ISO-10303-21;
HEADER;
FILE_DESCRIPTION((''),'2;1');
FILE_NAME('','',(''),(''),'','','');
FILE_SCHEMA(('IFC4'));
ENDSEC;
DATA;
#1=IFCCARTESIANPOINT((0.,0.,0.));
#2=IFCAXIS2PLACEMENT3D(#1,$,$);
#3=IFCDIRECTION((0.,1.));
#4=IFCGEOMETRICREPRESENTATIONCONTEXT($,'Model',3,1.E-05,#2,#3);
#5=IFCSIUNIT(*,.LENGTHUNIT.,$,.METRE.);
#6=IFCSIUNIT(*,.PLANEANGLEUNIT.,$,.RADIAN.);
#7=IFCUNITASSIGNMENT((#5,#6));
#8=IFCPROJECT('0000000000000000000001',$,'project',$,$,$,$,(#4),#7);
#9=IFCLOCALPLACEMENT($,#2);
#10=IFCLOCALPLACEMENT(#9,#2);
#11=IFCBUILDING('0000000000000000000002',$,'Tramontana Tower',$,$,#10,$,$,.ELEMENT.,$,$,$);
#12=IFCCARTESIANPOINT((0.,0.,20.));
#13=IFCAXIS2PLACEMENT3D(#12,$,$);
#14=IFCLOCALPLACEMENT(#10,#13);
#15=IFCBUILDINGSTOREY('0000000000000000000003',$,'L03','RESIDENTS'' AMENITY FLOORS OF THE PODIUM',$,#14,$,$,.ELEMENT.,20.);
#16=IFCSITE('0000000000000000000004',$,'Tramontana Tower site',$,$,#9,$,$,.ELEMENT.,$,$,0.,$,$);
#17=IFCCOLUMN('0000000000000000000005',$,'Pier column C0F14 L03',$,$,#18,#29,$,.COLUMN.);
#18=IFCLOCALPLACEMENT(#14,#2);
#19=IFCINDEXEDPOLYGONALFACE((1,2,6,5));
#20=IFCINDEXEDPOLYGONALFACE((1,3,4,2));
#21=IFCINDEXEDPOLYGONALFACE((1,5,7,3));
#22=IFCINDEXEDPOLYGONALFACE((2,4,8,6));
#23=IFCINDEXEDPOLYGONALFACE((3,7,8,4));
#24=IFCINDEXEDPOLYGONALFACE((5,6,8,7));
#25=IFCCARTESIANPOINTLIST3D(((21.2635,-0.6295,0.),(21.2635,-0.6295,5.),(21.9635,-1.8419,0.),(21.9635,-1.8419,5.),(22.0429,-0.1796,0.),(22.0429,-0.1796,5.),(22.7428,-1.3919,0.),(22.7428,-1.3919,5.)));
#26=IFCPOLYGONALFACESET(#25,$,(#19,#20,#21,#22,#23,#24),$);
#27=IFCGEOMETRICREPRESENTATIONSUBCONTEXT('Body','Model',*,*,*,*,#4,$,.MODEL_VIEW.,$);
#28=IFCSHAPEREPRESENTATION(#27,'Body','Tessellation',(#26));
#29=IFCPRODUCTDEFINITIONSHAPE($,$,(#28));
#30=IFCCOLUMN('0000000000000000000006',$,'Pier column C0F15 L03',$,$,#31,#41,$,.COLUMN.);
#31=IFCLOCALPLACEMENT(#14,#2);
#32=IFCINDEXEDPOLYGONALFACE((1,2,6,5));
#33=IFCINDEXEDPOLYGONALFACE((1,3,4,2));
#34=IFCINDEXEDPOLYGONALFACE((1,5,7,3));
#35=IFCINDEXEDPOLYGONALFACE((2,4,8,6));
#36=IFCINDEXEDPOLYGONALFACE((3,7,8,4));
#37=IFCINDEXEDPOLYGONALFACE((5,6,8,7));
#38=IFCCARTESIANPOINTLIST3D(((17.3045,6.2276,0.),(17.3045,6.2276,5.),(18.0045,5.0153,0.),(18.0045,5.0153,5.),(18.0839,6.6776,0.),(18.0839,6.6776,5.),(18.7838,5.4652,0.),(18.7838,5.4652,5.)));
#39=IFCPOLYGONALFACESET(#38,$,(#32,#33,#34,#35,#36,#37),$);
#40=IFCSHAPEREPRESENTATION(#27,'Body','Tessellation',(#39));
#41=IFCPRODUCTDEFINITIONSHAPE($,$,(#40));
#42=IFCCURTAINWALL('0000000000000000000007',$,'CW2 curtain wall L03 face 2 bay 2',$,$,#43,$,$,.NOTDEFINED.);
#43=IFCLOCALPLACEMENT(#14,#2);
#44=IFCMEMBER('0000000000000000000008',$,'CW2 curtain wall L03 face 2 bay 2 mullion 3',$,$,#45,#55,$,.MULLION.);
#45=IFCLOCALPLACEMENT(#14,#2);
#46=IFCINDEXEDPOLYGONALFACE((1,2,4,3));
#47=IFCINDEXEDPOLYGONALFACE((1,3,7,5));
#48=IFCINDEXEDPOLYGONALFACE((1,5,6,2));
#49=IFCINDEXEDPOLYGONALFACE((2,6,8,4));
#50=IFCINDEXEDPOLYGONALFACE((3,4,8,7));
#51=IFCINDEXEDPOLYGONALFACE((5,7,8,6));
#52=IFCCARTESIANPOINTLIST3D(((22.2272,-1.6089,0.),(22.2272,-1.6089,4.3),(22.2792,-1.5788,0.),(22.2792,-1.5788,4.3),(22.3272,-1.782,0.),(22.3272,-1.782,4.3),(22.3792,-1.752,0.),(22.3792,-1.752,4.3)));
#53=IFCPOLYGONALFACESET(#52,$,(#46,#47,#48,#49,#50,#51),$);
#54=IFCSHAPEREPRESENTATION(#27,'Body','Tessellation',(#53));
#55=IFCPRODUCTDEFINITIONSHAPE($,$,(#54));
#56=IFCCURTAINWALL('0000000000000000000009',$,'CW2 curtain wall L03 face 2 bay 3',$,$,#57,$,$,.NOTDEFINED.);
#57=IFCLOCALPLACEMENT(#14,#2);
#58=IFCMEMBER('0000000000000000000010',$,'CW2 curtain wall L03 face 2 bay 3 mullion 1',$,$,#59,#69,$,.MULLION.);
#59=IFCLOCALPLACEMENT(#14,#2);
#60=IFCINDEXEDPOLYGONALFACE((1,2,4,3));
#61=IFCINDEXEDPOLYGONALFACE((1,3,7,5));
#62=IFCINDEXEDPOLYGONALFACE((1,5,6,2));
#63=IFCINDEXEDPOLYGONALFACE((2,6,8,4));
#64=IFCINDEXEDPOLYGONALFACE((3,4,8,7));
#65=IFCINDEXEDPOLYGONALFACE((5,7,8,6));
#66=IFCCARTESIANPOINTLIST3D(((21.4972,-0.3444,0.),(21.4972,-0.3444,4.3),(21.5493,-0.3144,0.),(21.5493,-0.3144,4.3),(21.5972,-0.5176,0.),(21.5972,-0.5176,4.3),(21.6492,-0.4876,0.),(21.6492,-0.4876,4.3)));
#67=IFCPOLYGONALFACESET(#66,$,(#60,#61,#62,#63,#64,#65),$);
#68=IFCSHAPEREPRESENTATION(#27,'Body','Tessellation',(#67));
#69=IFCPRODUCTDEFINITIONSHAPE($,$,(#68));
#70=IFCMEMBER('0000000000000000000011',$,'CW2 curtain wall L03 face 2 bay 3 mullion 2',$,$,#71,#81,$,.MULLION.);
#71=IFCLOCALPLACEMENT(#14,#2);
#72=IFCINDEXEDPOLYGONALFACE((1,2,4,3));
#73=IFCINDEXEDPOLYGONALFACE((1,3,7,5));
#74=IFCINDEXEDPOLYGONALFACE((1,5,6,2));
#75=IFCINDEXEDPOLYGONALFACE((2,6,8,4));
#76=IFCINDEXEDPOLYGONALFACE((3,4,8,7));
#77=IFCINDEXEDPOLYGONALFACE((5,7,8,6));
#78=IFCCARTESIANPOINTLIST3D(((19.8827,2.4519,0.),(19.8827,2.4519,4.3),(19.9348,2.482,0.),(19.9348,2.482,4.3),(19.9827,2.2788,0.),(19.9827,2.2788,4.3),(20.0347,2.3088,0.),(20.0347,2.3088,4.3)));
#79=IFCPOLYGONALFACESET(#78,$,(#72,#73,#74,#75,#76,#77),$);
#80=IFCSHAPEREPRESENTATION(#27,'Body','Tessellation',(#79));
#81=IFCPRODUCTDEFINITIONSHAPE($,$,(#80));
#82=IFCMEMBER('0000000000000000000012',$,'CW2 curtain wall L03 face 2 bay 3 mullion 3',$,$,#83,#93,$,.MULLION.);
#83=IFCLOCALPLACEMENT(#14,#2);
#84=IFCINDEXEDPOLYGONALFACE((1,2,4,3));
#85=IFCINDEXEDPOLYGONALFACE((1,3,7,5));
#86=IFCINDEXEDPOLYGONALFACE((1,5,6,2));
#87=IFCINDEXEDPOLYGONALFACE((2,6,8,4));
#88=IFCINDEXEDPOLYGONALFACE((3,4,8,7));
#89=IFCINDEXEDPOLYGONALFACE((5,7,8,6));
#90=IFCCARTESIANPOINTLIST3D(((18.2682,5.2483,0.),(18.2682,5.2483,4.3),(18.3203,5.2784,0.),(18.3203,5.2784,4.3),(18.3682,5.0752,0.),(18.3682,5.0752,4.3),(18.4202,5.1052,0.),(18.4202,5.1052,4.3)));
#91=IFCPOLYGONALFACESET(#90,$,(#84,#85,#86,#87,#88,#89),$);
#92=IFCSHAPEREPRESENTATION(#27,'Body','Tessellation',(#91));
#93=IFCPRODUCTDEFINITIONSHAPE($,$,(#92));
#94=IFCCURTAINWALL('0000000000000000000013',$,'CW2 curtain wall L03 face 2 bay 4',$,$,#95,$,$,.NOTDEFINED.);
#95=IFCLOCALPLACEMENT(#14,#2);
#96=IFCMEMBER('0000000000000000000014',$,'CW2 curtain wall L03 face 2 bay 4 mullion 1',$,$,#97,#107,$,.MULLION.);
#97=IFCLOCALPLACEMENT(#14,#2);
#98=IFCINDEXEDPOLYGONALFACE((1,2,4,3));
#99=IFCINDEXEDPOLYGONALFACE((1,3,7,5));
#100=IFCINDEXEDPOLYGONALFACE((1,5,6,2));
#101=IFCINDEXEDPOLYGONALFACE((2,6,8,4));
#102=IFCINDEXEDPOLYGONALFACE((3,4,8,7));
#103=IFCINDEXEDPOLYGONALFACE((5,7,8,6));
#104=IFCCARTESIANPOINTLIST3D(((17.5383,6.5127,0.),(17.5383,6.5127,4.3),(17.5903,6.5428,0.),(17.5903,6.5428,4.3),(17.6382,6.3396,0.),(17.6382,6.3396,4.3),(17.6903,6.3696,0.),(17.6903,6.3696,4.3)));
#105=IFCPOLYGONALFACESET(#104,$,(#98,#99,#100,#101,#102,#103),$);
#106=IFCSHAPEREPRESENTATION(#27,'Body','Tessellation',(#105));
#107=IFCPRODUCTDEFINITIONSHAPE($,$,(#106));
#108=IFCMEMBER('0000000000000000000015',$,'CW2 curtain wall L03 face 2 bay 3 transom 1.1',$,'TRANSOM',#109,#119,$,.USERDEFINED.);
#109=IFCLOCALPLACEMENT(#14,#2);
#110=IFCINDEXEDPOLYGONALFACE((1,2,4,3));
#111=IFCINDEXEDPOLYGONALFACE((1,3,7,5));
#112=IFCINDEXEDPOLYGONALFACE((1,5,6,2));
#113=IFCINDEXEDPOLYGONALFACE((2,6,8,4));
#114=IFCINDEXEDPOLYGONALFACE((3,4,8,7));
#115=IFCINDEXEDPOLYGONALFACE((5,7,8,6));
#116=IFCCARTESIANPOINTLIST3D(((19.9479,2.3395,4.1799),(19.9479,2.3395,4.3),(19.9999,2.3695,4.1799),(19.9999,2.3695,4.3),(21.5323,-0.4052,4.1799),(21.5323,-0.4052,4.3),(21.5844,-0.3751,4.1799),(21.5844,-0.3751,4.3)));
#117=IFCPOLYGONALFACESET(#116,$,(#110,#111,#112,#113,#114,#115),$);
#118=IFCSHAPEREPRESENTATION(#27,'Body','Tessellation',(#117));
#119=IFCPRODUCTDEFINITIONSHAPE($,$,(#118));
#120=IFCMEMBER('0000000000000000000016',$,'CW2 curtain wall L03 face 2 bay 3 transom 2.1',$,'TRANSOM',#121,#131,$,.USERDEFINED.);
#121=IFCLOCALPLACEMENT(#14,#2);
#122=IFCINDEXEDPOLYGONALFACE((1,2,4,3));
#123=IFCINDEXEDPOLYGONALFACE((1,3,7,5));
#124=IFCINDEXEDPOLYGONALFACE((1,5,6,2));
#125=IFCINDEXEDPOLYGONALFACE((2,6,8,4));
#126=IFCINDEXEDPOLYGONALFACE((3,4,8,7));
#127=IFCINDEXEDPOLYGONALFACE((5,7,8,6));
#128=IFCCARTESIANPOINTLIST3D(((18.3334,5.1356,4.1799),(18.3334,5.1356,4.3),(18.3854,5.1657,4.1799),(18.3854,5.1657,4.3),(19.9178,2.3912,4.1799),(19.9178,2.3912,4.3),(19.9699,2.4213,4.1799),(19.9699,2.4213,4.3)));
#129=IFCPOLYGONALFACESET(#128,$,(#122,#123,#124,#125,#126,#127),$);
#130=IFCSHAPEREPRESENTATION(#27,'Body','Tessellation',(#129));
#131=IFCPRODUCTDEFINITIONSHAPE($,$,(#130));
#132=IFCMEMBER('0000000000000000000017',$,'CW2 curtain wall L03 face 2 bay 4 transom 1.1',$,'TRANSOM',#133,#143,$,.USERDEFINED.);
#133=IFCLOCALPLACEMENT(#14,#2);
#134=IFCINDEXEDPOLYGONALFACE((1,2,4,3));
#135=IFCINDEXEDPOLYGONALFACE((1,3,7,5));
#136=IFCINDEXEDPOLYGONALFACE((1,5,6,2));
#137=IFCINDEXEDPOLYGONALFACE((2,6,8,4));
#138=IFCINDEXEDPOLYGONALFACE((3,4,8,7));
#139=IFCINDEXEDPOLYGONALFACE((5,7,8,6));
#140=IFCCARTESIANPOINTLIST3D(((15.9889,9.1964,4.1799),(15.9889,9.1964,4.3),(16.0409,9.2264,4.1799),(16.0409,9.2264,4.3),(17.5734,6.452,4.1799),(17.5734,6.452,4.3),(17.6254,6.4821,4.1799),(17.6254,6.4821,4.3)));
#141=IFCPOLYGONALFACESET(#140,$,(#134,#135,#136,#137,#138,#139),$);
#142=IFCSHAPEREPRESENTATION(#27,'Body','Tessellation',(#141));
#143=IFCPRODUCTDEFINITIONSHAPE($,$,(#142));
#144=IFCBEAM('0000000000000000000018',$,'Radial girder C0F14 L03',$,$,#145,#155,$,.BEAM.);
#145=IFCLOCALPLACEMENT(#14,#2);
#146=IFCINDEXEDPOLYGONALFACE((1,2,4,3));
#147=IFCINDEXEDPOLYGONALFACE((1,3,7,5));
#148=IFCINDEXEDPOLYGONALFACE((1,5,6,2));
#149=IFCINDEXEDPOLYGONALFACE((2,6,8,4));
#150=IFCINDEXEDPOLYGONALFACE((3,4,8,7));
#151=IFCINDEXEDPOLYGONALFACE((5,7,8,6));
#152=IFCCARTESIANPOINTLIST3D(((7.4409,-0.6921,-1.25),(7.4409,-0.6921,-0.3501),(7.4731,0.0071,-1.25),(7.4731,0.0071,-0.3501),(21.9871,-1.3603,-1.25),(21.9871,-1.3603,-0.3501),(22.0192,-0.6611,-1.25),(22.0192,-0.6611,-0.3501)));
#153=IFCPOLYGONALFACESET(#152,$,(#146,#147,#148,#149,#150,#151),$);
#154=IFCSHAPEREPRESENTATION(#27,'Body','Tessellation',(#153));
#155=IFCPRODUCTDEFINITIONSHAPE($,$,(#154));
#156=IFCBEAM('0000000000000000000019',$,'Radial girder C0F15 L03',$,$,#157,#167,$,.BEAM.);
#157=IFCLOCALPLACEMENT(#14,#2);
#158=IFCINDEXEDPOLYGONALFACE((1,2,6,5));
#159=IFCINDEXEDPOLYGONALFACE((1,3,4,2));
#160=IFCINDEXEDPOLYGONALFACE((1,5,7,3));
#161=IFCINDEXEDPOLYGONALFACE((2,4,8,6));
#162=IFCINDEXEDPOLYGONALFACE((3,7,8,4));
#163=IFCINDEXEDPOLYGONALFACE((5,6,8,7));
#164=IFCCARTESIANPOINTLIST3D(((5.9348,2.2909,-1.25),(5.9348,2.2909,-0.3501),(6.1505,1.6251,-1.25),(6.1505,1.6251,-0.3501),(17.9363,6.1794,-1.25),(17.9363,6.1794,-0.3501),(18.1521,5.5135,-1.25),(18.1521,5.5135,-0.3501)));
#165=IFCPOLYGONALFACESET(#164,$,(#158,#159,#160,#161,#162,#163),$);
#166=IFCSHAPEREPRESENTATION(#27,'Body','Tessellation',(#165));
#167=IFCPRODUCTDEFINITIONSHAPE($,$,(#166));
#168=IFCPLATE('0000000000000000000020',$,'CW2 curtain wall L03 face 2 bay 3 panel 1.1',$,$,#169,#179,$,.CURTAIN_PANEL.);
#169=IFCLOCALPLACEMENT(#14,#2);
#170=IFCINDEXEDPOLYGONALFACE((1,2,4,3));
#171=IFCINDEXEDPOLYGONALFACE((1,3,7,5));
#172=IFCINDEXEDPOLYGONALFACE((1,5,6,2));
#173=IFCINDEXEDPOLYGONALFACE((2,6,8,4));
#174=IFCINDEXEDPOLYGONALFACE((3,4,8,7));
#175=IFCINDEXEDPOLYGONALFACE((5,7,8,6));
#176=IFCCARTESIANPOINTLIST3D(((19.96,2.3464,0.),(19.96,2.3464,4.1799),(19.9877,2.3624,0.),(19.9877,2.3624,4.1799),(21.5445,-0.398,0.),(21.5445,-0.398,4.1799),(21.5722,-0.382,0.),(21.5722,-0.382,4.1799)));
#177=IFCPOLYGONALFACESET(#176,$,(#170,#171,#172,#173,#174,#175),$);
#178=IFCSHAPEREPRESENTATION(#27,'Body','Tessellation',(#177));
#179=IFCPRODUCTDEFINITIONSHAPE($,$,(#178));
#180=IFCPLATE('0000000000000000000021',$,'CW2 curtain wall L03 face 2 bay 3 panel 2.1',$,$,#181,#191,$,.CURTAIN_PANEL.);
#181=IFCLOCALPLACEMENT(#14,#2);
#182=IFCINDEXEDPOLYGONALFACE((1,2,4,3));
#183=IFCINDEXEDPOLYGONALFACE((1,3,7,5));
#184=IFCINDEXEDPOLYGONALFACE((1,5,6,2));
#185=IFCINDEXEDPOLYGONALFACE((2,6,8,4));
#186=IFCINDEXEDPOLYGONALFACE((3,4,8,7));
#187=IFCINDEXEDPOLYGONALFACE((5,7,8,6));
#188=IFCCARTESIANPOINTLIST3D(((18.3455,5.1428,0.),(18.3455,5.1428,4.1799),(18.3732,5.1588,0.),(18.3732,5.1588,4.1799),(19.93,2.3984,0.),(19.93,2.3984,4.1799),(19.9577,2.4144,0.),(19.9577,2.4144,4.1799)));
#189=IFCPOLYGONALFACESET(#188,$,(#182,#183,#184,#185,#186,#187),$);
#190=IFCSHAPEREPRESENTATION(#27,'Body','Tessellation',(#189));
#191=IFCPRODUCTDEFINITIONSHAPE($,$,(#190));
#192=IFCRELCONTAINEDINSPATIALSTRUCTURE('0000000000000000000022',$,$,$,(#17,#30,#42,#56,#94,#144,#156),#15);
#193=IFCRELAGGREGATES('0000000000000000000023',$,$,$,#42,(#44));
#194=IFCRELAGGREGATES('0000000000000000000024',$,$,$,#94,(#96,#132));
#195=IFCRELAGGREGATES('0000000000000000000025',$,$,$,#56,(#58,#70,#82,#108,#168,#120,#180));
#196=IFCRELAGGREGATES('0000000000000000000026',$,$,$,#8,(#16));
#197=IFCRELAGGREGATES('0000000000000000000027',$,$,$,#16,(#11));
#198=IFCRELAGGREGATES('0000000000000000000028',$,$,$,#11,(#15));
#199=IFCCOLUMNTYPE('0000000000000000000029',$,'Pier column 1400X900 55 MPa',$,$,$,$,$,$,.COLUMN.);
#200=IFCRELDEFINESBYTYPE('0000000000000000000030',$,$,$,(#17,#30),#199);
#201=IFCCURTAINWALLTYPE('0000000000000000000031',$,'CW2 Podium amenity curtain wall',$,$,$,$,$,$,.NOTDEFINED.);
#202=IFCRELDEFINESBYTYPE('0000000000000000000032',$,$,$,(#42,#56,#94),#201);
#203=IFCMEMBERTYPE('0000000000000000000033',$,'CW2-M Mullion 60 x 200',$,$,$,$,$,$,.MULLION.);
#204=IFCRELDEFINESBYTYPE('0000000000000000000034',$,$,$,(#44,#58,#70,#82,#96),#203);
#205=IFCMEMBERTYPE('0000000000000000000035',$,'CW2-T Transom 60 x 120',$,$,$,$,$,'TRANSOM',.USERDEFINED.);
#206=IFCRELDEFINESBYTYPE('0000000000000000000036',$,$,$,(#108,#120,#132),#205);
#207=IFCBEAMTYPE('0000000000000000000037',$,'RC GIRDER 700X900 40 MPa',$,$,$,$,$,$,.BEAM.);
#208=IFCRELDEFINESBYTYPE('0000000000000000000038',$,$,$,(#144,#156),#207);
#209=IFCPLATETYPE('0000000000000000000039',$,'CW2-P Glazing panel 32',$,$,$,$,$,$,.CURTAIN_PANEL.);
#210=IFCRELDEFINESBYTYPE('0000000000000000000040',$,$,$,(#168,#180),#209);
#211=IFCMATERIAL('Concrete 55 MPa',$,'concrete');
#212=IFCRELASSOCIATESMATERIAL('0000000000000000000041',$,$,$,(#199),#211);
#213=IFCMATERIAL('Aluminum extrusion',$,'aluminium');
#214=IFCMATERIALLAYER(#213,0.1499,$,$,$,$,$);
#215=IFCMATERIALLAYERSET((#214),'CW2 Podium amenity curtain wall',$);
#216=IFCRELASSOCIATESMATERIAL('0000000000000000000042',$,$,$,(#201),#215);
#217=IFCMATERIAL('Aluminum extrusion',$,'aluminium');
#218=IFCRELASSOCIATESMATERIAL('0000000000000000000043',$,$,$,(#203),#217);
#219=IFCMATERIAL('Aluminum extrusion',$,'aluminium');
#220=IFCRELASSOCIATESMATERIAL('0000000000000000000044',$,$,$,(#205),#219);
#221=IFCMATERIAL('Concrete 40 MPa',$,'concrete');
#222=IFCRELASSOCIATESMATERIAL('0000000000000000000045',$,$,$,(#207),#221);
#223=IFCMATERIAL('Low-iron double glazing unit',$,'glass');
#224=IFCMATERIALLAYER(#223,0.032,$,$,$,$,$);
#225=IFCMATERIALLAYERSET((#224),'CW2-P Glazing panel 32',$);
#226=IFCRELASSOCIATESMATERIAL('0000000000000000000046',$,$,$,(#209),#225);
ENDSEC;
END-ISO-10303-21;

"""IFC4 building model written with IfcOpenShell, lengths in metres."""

from ifc_helpers import new_model, si_unit, direction, frame, origin, origin_2d, place, context, subcontext, project, spatial, rectangle, extrude, material, layer, layer_set, material_profile, profile_set, type_object, element, aggregate, save


model = new_model("IFC4")

# Units and contexts
model_context = context("Model", 3, precision=1e-05, world=origin(), true_north=direction((0.0, 1.0)))
body_context = subcontext(model_context, "Body", "Model", "MODEL_VIEW")
ifc_project = project(units=[si_unit("LENGTHUNIT", "METRE"), si_unit("PLANEANGLEUNIT", "RADIAN")], contexts=[model_context])

# Site, building, storey
site_placement = place(None, origin())
site = spatial("IfcSite", under=ifc_project, at=site_placement, Name="Tramontana Tower site", CompositionType="ELEMENT", RefElevation=0.0)
building_placement = place(site_placement, origin())
building = spatial("IfcBuilding", under=site, at=building_placement, Name="Tramontana Tower", CompositionType="ELEMENT")
storey_placement = place(building_placement, frame((0.0, 0.0, 20.0)))
storey = spatial("IfcBuildingStorey", under=building, at=storey_placement, Name="L03", Description="RESIDENTS' AMENITY FLOORS OF THE PODIUM", CompositionType="ELEMENT", Elevation=20.0)

# Columns
ifc_material_1 = material(Name="Concrete 55 MPa", Category="concrete")
ifc_material_profile_1 = material_profile(ifc_material_1, rectangle(XDim=1.3999, YDim=0.8999, at=origin_2d()), Name="Pier column 1400X900 55 MPa")
ifc_profile_set_1 = profile_set([ifc_material_profile_1], Name="Concrete 55 MPa")
column_type = type_object("IfcColumnType", Name="Pier column 1400X900 55 MPa", PredefinedType="COLUMN", material=ifc_profile_set_1)
for number, where, z_axis, x_axis, name in (
    (1, (22.0032, -1.0107, 0.0), (0.0, 0.0, 1.0), (-0.5, 0.866025, 0.0), "Pier column C0F14 L03"),
    (2, (18.0442, 5.8464, 0.0), (0.0, 0.0, 1.0), (-0.5, 0.866025, 0.0), "Pier column C0F15 L03"),
):
    element("IfcColumn", number, at=place(storey_placement, frame(where, z_axis=z_axis, x_axis=x_axis)), inside=storey, type_object=column_type, Name=name, PredefinedType="COLUMN", context=body_context, shape_type="SweptSolid", body=[
        extrude(rectangle(XDim=1.3999, YDim=0.8999, at=origin_2d()), origin(), (0.0, 0.0, 1.0), 5.0),
    ])

# Curtain wall, member
ifc_material_2 = material(Name="Aluminum extrusion", Category="aluminium")
ifc_layer_1 = layer(ifc_material_2, 0.1499)
ifc_layer_set_1 = layer_set([ifc_layer_1], Name="CW2 Podium amenity curtain wall")
curtain_wall_type = type_object("IfcCurtainWallType", Name="CW2 Podium amenity curtain wall", PredefinedType="NOTDEFINED", material=ifc_layer_set_1)
curtain_wall_1_placement = place(storey_placement, origin())
curtain_wall_1 = element("IfcCurtainWall", 3, at=curtain_wall_1_placement, inside=storey, type_object=curtain_wall_type, Name="CW2 curtain wall L03 face 2 bay 2", PredefinedType="NOTDEFINED")
ifc_material_3 = material(Name="Aluminum extrusion", Category="aluminium")
ifc_material_profile_2 = material_profile(ifc_material_3, rectangle(XDim=0.0601, YDim=0.2, at=origin_2d()), Name="CW2-M Mullion 60 x 200")
ifc_profile_set_2 = profile_set([ifc_material_profile_2], Name="Aluminum extrusion")
member_type_1 = type_object("IfcMemberType", Name="CW2-M Mullion 60 x 200", PredefinedType="MULLION", material=ifc_profile_set_2)
member_1_placement = place(storey_placement, frame((22.3032, -1.6804, 0.0), z_axis=(0.0, 0.0, 1.0), x_axis=(-0.866025, -0.5, 0.0)))
member_1 = element("IfcMember", 4, at=member_1_placement, type_object=member_type_1, Name="CW2 curtain wall L03 face 2 bay 2 mullion 3", PredefinedType="MULLION", context=body_context, shape_type="SweptSolid", body=[
    extrude(rectangle(XDim=0.0601, YDim=0.2, at=origin_2d()), origin(), (0.0, 0.0, 1.0), 4.3),
])
aggregate(curtain_wall_1, [member_1])

# Curtain wall, members
curtain_wall_2_placement = place(storey_placement, origin())
curtain_wall_2 = element("IfcCurtainWall", 5, at=curtain_wall_2_placement, inside=storey, type_object=curtain_wall_type, Name="CW2 curtain wall L03 face 2 bay 3", PredefinedType="NOTDEFINED")
member_2_placement = place(storey_placement, frame((21.5732, -0.416, 0.0), z_axis=(0.0, 0.0, 1.0), x_axis=(-0.866025, -0.5, 0.0)))
member_2 = element("IfcMember", 6, at=member_2_placement, type_object=member_type_1, Name="CW2 curtain wall L03 face 2 bay 3 mullion 1", PredefinedType="MULLION", context=body_context, shape_type="SweptSolid", body=[
    extrude(rectangle(XDim=0.0601, YDim=0.2, at=origin_2d()), origin(), (0.0, 0.0, 1.0), 4.3),
])
member_3_placement = place(storey_placement, frame((19.9587, 2.3804, 0.0), z_axis=(0.0, 0.0, 1.0), x_axis=(-0.866025, -0.5, 0.0)))
member_3 = element("IfcMember", 7, at=member_3_placement, type_object=member_type_1, Name="CW2 curtain wall L03 face 2 bay 3 mullion 2", PredefinedType="MULLION", context=body_context, shape_type="SweptSolid", body=[
    extrude(rectangle(XDim=0.0601, YDim=0.2, at=origin_2d()), origin(), (0.0, 0.0, 1.0), 4.3),
])
member_4_placement = place(storey_placement, frame((18.3442, 5.1768, 0.0), z_axis=(0.0, 0.0, 1.0), x_axis=(-0.866025, -0.5, 0.0)))
member_4 = element("IfcMember", 8, at=member_4_placement, type_object=member_type_1, Name="CW2 curtain wall L03 face 2 bay 3 mullion 3", PredefinedType="MULLION", context=body_context, shape_type="SweptSolid", body=[
    extrude(rectangle(XDim=0.0601, YDim=0.2, at=origin_2d()), origin(), (0.0, 0.0, 1.0), 4.3),
])

# Curtain wall, member
curtain_wall_3_placement = place(storey_placement, origin())
curtain_wall_3 = element("IfcCurtainWall", 9, at=curtain_wall_3_placement, inside=storey, type_object=curtain_wall_type, Name="CW2 curtain wall L03 face 2 bay 4", PredefinedType="NOTDEFINED")
member_5_placement = place(storey_placement, frame((17.6143, 6.4412, 0.0), z_axis=(0.0, 0.0, 1.0), x_axis=(-0.866025, -0.5, 0.0)))
member_5 = element("IfcMember", 10, at=member_5_placement, type_object=member_type_1, Name="CW2 curtain wall L03 face 2 bay 4 mullion 1", PredefinedType="MULLION", context=body_context, shape_type="SweptSolid", body=[
    extrude(rectangle(XDim=0.0601, YDim=0.2, at=origin_2d()), origin(), (0.0, 0.0, 1.0), 4.3),
])

# Members
ifc_material_4 = material(Name="Aluminum extrusion", Category="aluminium")
ifc_material_profile_3 = material_profile(ifc_material_4, rectangle(XDim=0.0601, YDim=0.1201, at=origin_2d()), Name="CW2-T Transom 60 x 120")
ifc_profile_set_3 = profile_set([ifc_material_profile_3], Name="Aluminum extrusion")
member_type_2 = type_object("IfcMemberType", Name="CW2-T Transom 60 x 120", ElementType="TRANSOM", PredefinedType="USERDEFINED", material=ifc_profile_set_3)
member_6_placement = place(storey_placement, frame((21.5583, -0.3901, 4.24), z_axis=(-0.499967, 0.866044, 0.0), x_axis=(-0.866044, -0.499967, 0.0)))
member_6 = element("IfcMember", 11, at=member_6_placement, type_object=member_type_2, Name="CW2 curtain wall L03 face 2 bay 3 transom 1.1", ObjectType="TRANSOM", PredefinedType="USERDEFINED", context=body_context, shape_type="SweptSolid", body=[
    extrude(rectangle(XDim=0.0601, YDim=0.1201, at=origin_2d()), origin(), (0.0, 0.0, 1.0), 3.1692),
])
member_7_placement = place(storey_placement, frame((19.9438, 2.4062, 4.24), z_axis=(-0.5, 0.866025, 0.0), x_axis=(-0.866025, -0.5, 0.0)))
member_7 = element("IfcMember", 12, at=member_7_placement, type_object=member_type_2, Name="CW2 curtain wall L03 face 2 bay 3 transom 2.1", ObjectType="TRANSOM", PredefinedType="USERDEFINED", context=body_context, shape_type="SweptSolid", body=[
    extrude(rectangle(XDim=0.0601, YDim=0.1201, at=origin_2d()), origin(), (0.0, 0.0, 1.0), 3.1689),
])
member_8_placement = place(storey_placement, frame((17.5994, 6.467, 4.24), z_axis=(-0.5, 0.866025, 0.0), x_axis=(-0.866025, -0.5, 0.0)))
member_8 = element("IfcMember", 13, at=member_8_placement, type_object=member_type_2, Name="CW2 curtain wall L03 face 2 bay 4 transom 1.1", ObjectType="TRANSOM", PredefinedType="USERDEFINED", context=body_context, shape_type="SweptSolid", body=[
    extrude(rectangle(XDim=0.0601, YDim=0.1201, at=origin_2d()), origin(), (0.0, 0.0, 1.0), 3.1689),
])
aggregate(curtain_wall_3, [member_5, member_8])

# Beams
ifc_material_5 = material(Name="Concrete 40 MPa", Category="concrete")
ifc_material_profile_4 = material_profile(ifc_material_5, rectangle(XDim=0.7, YDim=0.8999, at=origin_2d()), Name="RC GIRDER 700X900 40 MPa")
ifc_profile_set_4 = profile_set([ifc_material_profile_4], Name="Concrete 40 MPa")
beam_type = type_object("IfcBeamType", Name="RC GIRDER 700X900 40 MPa", PredefinedType="BEAM", material=ifc_profile_set_4)
beam_1_placement = place(storey_placement, frame((22.0032, -1.0107, -0.8), z_axis=(-0.998947, 0.045889, 0.0), x_axis=(-0.045889, -0.998947, 0.0)))
element("IfcBeam", 14, at=beam_1_placement, inside=storey, type_object=beam_type, Name="Radial girder C0F14 L03", PredefinedType="BEAM", context=body_context, shape_type="SweptSolid", body=[
    extrude(rectangle(XDim=0.7, YDim=0.8999, at=origin_2d()), origin(), (0.0, 0.0, 1.0), 14.5615),
])
beam_2_placement = place(storey_placement, frame((18.0442, 5.8464, -0.8), z_axis=(-0.951314, -0.308222, 0.0), x_axis=(0.308222, -0.951314, 0.0)))
element("IfcBeam", 15, at=beam_2_placement, inside=storey, type_object=beam_type, Name="Radial girder C0F15 L03", PredefinedType="BEAM", context=body_context, shape_type="SweptSolid", body=[
    extrude(rectangle(XDim=0.7, YDim=0.8999, at=origin_2d()), origin(), (0.0, 0.0, 1.0), 12.6157),
])

# Plates
ifc_material_6 = material(Name="Low-iron double glazing unit", Category="glass")
ifc_layer_2 = layer(ifc_material_6, 0.032)
ifc_layer_set_2 = layer_set([ifc_layer_2], Name="CW2-P Glazing panel 32")
plate_type = type_object("IfcPlateType", Name="CW2-P Glazing panel 32", PredefinedType="CURTAIN_PANEL", material=ifc_layer_set_2)
plate_1_placement = place(storey_placement, frame((20.7661, 0.9822, 0.0), z_axis=(0.0, 0.0, 1.0), x_axis=(-0.5, 0.866025, 0.0)))
plate_1 = element("IfcPlate", 16, at=plate_1_placement, type_object=plate_type, Name="CW2 curtain wall L03 face 2 bay 3 panel 1.1", PredefinedType="CURTAIN_PANEL", context=body_context, shape_type="SweptSolid", body=[
    extrude(rectangle(XDim=3.1689, YDim=0.032, at=origin_2d()), origin(), (0.0, 0.0, 1.0), 4.1799),
])
plate_2_placement = place(storey_placement, frame((19.1516, 3.7786, 0.0), z_axis=(0.0, 0.0, 1.0), x_axis=(-0.5, 0.866025, 0.0)))
plate_2 = element("IfcPlate", 17, at=plate_2_placement, type_object=plate_type, Name="CW2 curtain wall L03 face 2 bay 3 panel 2.1", PredefinedType="CURTAIN_PANEL", context=body_context, shape_type="SweptSolid", body=[
    extrude(rectangle(XDim=3.1689, YDim=0.032, at=origin_2d()), origin(), (0.0, 0.0, 1.0), 4.1799),
])
aggregate(curtain_wall_2, [member_2, member_3, member_4, member_6, plate_1, member_7, plate_2])

save(model, "model.ifc")
